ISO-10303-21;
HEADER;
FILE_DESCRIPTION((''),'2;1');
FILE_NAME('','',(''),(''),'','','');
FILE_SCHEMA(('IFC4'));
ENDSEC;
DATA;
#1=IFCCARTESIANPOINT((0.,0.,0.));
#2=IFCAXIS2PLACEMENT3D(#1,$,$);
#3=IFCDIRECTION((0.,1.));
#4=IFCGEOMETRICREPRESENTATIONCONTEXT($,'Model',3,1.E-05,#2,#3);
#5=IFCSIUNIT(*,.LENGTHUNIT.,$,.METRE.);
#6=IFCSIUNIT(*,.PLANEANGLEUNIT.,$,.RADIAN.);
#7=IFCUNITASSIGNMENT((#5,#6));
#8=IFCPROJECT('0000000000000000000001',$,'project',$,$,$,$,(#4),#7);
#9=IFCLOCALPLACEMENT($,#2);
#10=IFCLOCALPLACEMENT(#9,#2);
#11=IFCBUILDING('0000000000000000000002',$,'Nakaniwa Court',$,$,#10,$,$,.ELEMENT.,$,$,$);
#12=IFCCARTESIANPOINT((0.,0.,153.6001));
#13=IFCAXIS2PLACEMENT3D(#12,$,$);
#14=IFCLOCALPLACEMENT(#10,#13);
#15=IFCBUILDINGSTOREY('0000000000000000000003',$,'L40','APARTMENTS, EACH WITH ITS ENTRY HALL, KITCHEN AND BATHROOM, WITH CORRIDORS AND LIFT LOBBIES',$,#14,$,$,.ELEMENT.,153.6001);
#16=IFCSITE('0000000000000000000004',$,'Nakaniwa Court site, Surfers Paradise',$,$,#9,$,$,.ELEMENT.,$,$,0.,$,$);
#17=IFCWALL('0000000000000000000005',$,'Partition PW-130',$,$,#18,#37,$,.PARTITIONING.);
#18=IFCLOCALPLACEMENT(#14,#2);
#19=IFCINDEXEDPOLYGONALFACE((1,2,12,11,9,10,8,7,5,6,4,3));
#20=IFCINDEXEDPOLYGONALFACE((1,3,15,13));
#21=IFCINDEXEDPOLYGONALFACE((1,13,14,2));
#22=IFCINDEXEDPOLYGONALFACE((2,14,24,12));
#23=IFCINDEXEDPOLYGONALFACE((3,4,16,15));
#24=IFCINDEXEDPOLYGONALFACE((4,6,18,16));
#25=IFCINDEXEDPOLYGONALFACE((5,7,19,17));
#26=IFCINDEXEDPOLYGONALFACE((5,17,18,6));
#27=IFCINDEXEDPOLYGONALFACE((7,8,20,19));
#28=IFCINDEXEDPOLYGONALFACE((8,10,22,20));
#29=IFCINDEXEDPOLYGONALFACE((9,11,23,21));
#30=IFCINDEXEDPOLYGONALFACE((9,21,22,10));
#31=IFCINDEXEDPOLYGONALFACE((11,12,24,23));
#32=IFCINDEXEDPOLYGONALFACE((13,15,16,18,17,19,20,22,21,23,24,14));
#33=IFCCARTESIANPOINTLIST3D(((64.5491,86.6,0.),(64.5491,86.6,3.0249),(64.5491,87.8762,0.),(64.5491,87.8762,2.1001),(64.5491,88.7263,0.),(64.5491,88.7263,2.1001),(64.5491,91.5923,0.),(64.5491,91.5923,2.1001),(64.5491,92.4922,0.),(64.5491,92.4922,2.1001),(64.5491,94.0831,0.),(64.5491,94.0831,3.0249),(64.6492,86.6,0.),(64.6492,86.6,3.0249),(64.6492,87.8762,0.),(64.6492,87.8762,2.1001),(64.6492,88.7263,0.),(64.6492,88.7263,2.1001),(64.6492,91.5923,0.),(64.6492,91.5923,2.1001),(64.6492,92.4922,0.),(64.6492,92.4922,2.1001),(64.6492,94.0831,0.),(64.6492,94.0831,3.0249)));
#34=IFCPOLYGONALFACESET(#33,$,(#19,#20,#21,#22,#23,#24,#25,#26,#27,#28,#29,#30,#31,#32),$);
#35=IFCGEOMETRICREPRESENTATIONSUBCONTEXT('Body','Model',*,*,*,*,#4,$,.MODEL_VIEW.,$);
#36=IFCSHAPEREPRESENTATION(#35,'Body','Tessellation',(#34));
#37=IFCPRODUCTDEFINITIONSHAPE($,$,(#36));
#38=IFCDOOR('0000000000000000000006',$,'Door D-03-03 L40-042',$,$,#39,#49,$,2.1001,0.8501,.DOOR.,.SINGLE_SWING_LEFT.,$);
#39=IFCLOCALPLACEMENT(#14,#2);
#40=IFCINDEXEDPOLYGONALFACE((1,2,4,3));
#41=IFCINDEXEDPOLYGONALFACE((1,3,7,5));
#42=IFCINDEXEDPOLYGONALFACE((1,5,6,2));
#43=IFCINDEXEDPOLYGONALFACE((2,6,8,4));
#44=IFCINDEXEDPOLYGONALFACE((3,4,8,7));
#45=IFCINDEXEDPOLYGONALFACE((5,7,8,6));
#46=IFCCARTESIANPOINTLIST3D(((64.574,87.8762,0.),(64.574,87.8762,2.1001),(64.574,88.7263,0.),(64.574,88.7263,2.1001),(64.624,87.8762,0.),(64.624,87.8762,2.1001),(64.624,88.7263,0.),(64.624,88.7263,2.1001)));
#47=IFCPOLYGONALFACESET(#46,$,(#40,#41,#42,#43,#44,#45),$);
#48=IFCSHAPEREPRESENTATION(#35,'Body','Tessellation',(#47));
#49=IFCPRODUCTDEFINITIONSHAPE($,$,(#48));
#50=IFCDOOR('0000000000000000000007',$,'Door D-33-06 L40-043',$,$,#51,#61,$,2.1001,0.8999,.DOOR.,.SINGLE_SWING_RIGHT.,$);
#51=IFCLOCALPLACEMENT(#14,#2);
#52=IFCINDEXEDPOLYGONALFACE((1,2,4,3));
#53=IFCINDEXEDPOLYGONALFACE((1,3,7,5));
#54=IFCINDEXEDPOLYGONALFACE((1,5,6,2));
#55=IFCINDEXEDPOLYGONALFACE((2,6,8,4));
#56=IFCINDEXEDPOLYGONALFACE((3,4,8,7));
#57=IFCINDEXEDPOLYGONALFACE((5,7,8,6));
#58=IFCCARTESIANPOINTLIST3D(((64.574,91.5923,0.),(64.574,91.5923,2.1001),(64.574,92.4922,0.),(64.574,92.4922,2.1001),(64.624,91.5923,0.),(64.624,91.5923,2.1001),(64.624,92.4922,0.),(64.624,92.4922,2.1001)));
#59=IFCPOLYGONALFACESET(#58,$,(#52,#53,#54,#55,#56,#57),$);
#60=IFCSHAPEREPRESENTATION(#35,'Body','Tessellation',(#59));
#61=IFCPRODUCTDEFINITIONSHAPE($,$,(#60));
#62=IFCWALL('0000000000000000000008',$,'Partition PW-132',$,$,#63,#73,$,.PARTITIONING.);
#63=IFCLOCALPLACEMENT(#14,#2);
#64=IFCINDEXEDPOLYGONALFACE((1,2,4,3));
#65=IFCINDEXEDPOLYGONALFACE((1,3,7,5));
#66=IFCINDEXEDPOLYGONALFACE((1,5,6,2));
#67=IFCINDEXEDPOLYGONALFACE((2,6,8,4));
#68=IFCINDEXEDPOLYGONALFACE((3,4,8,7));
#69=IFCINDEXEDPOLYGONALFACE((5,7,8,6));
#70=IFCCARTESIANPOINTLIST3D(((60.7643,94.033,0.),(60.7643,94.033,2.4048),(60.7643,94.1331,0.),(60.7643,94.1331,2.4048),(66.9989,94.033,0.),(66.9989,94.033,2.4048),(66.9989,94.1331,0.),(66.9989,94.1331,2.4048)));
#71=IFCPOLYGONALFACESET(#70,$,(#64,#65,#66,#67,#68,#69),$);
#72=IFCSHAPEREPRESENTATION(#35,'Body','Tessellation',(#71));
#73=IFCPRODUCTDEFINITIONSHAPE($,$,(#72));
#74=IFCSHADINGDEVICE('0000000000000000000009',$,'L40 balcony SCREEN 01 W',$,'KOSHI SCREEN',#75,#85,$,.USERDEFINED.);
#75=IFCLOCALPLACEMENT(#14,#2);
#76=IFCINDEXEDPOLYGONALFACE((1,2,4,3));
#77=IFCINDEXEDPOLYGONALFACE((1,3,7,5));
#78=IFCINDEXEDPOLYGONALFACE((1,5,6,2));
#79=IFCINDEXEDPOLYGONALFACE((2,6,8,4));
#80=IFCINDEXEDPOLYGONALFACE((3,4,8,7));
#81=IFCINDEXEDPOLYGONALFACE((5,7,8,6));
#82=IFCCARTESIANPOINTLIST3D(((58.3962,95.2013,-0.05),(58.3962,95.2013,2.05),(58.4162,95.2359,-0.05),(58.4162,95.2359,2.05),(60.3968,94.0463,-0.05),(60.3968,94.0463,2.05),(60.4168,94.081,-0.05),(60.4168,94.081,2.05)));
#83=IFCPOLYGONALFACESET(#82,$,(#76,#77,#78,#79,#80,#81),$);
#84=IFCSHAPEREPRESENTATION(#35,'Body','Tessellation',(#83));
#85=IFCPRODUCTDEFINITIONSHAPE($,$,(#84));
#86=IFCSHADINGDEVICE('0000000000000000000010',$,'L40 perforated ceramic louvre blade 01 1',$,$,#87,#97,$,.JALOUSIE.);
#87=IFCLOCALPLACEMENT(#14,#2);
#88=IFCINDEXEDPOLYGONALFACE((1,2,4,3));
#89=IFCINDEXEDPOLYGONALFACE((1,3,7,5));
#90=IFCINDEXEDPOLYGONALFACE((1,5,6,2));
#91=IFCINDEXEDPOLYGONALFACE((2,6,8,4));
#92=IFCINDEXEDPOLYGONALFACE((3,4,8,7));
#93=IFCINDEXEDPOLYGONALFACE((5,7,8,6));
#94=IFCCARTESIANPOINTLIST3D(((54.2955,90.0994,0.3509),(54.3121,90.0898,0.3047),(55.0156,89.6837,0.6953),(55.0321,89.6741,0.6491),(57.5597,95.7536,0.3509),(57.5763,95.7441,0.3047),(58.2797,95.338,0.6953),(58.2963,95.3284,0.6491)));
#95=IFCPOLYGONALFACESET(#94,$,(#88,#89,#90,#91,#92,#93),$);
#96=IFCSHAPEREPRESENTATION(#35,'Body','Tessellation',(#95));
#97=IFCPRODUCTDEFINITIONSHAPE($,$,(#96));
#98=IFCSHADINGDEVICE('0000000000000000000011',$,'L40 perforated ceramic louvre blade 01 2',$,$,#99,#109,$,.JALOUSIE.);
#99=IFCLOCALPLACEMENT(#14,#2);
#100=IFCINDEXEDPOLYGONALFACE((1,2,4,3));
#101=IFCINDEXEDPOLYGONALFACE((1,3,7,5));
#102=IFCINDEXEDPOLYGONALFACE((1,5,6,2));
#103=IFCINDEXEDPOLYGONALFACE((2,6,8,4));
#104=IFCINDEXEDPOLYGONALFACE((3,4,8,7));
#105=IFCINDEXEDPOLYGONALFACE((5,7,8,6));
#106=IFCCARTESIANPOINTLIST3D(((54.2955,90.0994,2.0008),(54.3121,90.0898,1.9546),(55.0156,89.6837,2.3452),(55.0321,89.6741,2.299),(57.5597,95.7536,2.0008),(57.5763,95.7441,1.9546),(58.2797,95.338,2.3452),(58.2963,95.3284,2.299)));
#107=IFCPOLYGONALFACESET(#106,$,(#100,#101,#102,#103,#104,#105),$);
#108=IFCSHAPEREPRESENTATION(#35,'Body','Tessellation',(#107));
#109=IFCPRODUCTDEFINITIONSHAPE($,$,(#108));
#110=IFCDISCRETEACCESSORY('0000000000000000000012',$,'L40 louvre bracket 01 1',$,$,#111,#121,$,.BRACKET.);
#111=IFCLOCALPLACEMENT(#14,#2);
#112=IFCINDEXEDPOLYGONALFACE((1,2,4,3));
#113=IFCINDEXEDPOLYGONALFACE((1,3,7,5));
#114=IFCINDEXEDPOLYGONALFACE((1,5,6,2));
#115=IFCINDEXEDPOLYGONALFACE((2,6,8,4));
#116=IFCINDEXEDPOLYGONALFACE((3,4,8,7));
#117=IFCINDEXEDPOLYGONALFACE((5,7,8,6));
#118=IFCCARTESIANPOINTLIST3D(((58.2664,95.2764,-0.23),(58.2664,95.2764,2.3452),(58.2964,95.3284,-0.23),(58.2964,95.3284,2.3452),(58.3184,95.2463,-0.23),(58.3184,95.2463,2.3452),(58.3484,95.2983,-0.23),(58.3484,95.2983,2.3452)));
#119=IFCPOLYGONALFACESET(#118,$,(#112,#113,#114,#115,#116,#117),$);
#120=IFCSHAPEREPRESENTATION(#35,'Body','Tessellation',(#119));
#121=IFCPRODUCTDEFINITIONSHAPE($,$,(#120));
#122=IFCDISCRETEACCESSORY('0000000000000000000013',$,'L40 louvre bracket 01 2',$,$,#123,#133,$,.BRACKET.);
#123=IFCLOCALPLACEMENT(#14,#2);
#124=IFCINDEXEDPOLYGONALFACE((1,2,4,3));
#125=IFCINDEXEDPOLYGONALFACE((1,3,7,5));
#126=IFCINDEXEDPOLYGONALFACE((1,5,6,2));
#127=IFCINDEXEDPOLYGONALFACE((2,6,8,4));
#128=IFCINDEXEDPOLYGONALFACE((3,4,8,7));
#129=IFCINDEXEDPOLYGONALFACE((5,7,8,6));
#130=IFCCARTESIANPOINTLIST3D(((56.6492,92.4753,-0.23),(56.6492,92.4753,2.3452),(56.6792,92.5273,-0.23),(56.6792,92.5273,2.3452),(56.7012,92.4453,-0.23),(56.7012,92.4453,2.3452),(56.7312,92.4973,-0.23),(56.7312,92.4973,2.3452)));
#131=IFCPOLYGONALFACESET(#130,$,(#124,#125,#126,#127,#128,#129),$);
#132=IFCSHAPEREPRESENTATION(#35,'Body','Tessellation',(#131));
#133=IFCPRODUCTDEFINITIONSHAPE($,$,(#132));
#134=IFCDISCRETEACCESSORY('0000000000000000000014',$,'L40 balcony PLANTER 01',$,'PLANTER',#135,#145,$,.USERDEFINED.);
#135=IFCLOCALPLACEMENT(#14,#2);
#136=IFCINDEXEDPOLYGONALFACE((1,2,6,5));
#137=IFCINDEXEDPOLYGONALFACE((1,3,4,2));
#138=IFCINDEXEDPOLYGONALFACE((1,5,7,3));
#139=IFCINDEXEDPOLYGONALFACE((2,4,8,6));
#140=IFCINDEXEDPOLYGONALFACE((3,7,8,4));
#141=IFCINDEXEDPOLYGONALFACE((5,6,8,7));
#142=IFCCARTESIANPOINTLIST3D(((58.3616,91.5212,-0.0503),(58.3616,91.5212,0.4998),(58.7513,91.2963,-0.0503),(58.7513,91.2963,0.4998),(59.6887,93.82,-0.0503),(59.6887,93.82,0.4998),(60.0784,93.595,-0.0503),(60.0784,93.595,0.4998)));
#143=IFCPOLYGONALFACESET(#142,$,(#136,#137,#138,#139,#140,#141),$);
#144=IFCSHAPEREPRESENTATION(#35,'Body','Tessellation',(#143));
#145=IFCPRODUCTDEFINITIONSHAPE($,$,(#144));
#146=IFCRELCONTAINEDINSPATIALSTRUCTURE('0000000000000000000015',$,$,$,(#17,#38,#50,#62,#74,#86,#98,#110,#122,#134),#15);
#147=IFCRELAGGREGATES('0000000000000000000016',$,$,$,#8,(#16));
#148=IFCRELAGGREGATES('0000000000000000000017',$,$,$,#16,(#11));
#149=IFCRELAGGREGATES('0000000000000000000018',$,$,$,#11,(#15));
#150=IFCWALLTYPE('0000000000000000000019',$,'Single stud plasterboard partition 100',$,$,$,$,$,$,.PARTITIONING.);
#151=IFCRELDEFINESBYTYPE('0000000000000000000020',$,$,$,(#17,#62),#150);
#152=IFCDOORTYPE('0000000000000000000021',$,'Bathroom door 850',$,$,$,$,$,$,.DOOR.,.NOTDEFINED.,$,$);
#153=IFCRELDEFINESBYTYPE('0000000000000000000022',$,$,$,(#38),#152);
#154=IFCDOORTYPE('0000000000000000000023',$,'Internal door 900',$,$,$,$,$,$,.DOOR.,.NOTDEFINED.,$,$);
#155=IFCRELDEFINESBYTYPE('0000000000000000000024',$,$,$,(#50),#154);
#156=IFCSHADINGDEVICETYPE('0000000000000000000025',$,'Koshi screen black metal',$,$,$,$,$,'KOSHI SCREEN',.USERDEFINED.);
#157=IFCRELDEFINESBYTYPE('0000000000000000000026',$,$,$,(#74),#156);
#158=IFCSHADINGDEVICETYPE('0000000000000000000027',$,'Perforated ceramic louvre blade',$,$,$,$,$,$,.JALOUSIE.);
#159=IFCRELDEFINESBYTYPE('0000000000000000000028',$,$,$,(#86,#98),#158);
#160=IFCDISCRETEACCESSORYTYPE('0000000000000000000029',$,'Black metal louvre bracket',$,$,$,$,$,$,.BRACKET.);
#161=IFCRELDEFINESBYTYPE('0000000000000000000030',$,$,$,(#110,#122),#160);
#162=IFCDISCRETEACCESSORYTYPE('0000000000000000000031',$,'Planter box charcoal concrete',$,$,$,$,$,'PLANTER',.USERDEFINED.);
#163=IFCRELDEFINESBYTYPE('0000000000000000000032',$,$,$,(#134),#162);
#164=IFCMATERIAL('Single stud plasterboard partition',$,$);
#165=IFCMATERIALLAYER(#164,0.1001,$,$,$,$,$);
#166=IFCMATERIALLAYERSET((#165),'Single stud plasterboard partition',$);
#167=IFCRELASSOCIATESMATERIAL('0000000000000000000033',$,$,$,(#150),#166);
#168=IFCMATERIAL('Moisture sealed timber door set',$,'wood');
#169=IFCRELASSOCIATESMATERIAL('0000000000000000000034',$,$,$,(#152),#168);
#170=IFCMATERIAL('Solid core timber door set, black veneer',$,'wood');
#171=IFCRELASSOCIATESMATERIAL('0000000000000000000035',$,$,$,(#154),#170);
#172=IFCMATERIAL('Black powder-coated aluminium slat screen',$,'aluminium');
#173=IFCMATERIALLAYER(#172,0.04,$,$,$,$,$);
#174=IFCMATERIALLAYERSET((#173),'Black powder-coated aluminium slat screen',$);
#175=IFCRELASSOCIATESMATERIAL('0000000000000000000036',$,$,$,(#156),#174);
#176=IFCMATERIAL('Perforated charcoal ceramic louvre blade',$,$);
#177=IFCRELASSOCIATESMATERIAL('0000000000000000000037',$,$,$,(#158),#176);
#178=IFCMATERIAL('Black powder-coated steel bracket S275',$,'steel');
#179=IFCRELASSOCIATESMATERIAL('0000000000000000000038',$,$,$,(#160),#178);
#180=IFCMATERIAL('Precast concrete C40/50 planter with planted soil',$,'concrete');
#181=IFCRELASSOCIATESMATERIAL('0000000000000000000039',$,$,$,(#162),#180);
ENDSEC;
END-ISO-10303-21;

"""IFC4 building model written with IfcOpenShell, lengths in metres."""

from ifc_helpers import new_model, si_unit, direction, frame, frame_2d, origin, origin_2d, place, context, subcontext, project, spatial, rectangle, extrude, material, layer, layer_set, material_profile, profile_set, type_object, element, fill, save


model = new_model("IFC4")

# Units and contexts
model_context = context("Model", 3, precision=1e-05, world=origin(), true_north=direction((0.0, 1.0)))
body_context = subcontext(model_context, "Body", "Model", "MODEL_VIEW")
ifc_project = project(units=[si_unit("LENGTHUNIT", "METRE"), si_unit("PLANEANGLEUNIT", "RADIAN")], contexts=[model_context])

# Site, building, storey
site_placement = place(None, origin())
site = spatial("IfcSite", under=ifc_project, at=site_placement, Name="Nakaniwa Court site, Surfers Paradise", CompositionType="ELEMENT", RefElevation=0.0)
building_placement = place(site_placement, origin())
building = spatial("IfcBuilding", under=site, at=building_placement, Name="Nakaniwa Court", CompositionType="ELEMENT")
storey_placement = place(building_placement, frame((0.0, 0.0, 153.6001)))
storey = spatial("IfcBuildingStorey", under=building, at=storey_placement, Name="L40", Description="APARTMENTS, EACH WITH ITS ENTRY HALL, KITCHEN AND BATHROOM, WITH CORRIDORS AND LIFT LOBBIES", CompositionType="ELEMENT", Elevation=153.6001)

# Shared definitions
ifc_material_1 = material(Name="Solid core timber door set, black veneer", Category="wood")

# Wall, openings, doors
ifc_material_2 = material(Name="Single stud plasterboard partition")
ifc_layer_1 = layer(ifc_material_2, 0.1001)
ifc_layer_set_1 = layer_set([ifc_layer_1], Name="Single stud plasterboard partition")
wall_type_1 = type_object("IfcWallType", Name="Single stud plasterboard partition 100", PredefinedType="PARTITIONING", material=ifc_layer_set_1)
wall_1_placement = place(storey_placement, frame((64.5991, 94.0833, 0.0), z_axis=(0.0, 0.0, 1.0), x_axis=(0.0, -1.0, 0.0)))
wall_1 = element("IfcWall", 1, at=wall_1_placement, inside=storey, type_object=wall_type_1, Name="Partition PW-130", PredefinedType="PARTITIONING", context=body_context, shape_type="SweptSolid", body=[
    extrude(rectangle(XDim=7.4832, YDim=0.1001, at=frame_2d((3.7417, 0.0))), origin(), (0.0, 0.0, 1.0), 3.0249),
])
opening_1_placement = place(wall_1_placement, frame((5.3569, 0.0, 0.0)))
opening_1 = element("IfcOpeningElement", 2, at=opening_1_placement, cuts=wall_1, PredefinedType="OPENING", context=body_context, shape_type="SweptSolid", body=[
    extrude(rectangle(XDim=0.8501, YDim=2.1001, at=frame_2d((0.425, 1.05))), frame((0.0, 0.0601, 0.0), z_axis=(0.0, -1.0, 0.0), x_axis=(1.0, 0.0, 0.0)), (0.0, 0.0, 1.0), 0.1201),
])
opening_2_placement = place(wall_1_placement, frame((1.5911, 0.0, 0.0)))
opening_2 = element("IfcOpeningElement", 3, at=opening_2_placement, cuts=wall_1, PredefinedType="OPENING", context=body_context, shape_type="SweptSolid", body=[
    extrude(rectangle(XDim=0.8999, YDim=2.1001, at=frame_2d((0.45, 1.05))), frame((0.0, 0.0601, 0.0), z_axis=(0.0, -1.0, 0.0), x_axis=(1.0, 0.0, 0.0)), (0.0, 0.0, 1.0), 0.1201),
])
ifc_material_3 = material(Name="Moisture sealed timber door set", Category="wood")
door_type_1 = type_object("IfcDoorType", Name="Bathroom door 850", OperationType="NOTDEFINED", PredefinedType="DOOR", material=ifc_material_3)
door_1_placement = place(opening_1_placement, origin())
door_1 = element("IfcDoor", 4, at=door_1_placement, inside=storey, type_object=door_type_1, Name="Door D-03-03 L40-042", OperationType="SINGLE_SWING_LEFT", OverallHeight=2.1001, OverallWidth=0.8501, PredefinedType="DOOR", context=body_context, shape_type="SweptSolid", body=[
    extrude(rectangle(XDim=0.8501, YDim=2.1001, at=frame_2d((0.425, 1.05))), frame((0.0, 0.0249, 0.0), z_axis=(0.0, -1.0, 0.0), x_axis=(1.0, 0.0, 0.0)), (0.0, 0.0, 1.0), 0.05),
])
fill(opening_1, door_1)
door_type_2 = type_object("IfcDoorType", Name="Internal door 900", OperationType="NOTDEFINED", PredefinedType="DOOR", material=ifc_material_1)
door_2_placement = place(opening_2_placement, origin())
door_2 = element("IfcDoor", 5, at=door_2_placement, inside=storey, type_object=door_type_2, Name="Door D-33-06 L40-043", OperationType="SINGLE_SWING_RIGHT", OverallHeight=2.1001, OverallWidth=0.8999, PredefinedType="DOOR", context=body_context, shape_type="SweptSolid", body=[
    extrude(rectangle(XDim=0.8999, YDim=2.1001, at=frame_2d((0.45, 1.05))), frame((0.0, 0.0249, 0.0), z_axis=(0.0, -1.0, 0.0), x_axis=(1.0, 0.0, 0.0)), (0.0, 0.0, 1.0), 0.05),
])
fill(opening_2, door_2)

# Wall
wall_2_placement = place(storey_placement, frame((60.7644, 94.083, 0.0), z_axis=(0.0, 0.0, 1.0), x_axis=(1.0, 0.0, 0.0)))
element("IfcWall", 6, at=wall_2_placement, inside=storey, type_object=wall_type_1, Name="Partition PW-132", PredefinedType="PARTITIONING", context=body_context, shape_type="SweptSolid", body=[
    extrude(rectangle(XDim=6.2346, YDim=0.1001, at=frame_2d((3.1172, 0.0))), origin(), (0.0, 0.0, 1.0), 2.4048),
])

# Shading devices
ifc_material_4 = material(Name="Black powder-coated aluminium slat screen", Category="aluminium")
ifc_layer_2 = layer(ifc_material_4, 0.04)
ifc_layer_set_2 = layer_set([ifc_layer_2], Name="Black powder-coated aluminium slat screen")
shading_device_type_1 = type_object("IfcShadingDeviceType", Name="Koshi screen black metal", ElementType="KOSHI SCREEN", PredefinedType="USERDEFINED", material=ifc_layer_set_2)
shading_device_placement = place(storey_placement, frame((59.4065, 94.6411, -0.05), z_axis=(0.0, 0.0, 1.0), x_axis=(-0.499976, -0.866039, 0.0)))
element("IfcShadingDevice", 7, at=shading_device_placement, inside=storey, type_object=shading_device_type_1, Name="L40 balcony SCREEN 01 W", ObjectType="KOSHI SCREEN", PredefinedType="USERDEFINED", context=body_context, shape_type="SweptSolid", body=[
    extrude(rectangle(XDim=0.04, YDim=2.3101, at=origin_2d()), origin(), (0.0, 0.0, 1.0), 2.1001),
])
ifc_material_5 = material(Name="Perforated charcoal ceramic louvre blade")
ifc_material_profile_1 = material_profile(ifc_material_5, rectangle(XDim=0.8999, YDim=0.05, at=origin_2d()), Name="Perforated ceramic louvre blade")
ifc_profile_set_1 = profile_set([ifc_material_profile_1], Name="Perforated charcoal ceramic louvre blade")
shading_device_type_2 = type_object("IfcShadingDeviceType", Name="Perforated ceramic louvre blade", PredefinedType="JALOUSIE", material=ifc_profile_set_1)
for number, where, z_axis, x_axis, name in (
    (8, (57.928, 95.541, 0.5), (-0.49996, -0.866049, 0.0), (0.800125, -0.461903, 0.382683), "L40 perforated ceramic louvre blade 01 1"),
    (9, (57.928, 95.541, 2.1499), (-0.49996, -0.866049, 0.0), (0.800125, -0.461903, 0.382683), "L40 perforated ceramic louvre blade 01 2"),
):
    element("IfcShadingDevice", number, at=place(storey_placement, frame(where, z_axis=z_axis, x_axis=x_axis)), inside=storey, type_object=shading_device_type_2, Name=name, PredefinedType="JALOUSIE", context=body_context, shape_type="SweptSolid", body=[
        extrude(rectangle(XDim=0.8999, YDim=0.05, at=origin_2d()), origin(), (0.0, 0.0, 1.0), 6.5288),
    ])

# Discrete accessories
ifc_material_6 = material(Name="Black powder-coated steel bracket S275", Category="steel")
discrete_accessory_type_1 = type_object("IfcDiscreteAccessoryType", Name="Black metal louvre bracket", PredefinedType="BRACKET", material=ifc_material_6)
for number, where, z_axis, x_axis, name in (
    (10, (58.3074, 95.2874, -0.23), (0.0, 0.0, 1.0), (-0.499976, -0.866039, 0.0), "L40 louvre bracket 01 1"),
    (11, (56.6902, 92.4863, -0.23), (0.0, 0.0, 1.0), (-0.499976, -0.866039, 0.0), "L40 louvre bracket 01 2"),
):
    element("IfcDiscreteAccessory", number, at=place(storey_placement, frame(where, z_axis=z_axis, x_axis=x_axis)), inside=storey, type_object=discrete_accessory_type_1, Name=name, PredefinedType="BRACKET", context=body_context, shape_type="SweptSolid", body=[
        extrude(rectangle(XDim=0.0601, YDim=0.0601, at=origin_2d()), origin(), (0.0, 0.0, 1.0), 2.5752),
    ])
ifc_material_7 = material(Name="Precast concrete C40/50 planter with planted soil", Category="concrete")
discrete_accessory_type_2 = type_object("IfcDiscreteAccessoryType", Name="Planter box charcoal concrete", ElementType="PLANTER", PredefinedType="USERDEFINED", material=ifc_material_7)
discrete_accessory_placement = place(storey_placement, frame((59.22, 92.5581, -0.0503), z_axis=(0.0, 0.0, 1.0), x_axis=(-0.499976, -0.866039, 0.0)))
element("IfcDiscreteAccessory", 12, at=discrete_accessory_placement, inside=storey, type_object=discrete_accessory_type_2, Name="L40 balcony PLANTER 01", ObjectType="PLANTER", PredefinedType="USERDEFINED", context=body_context, shape_type="SweptSolid", body=[
    extrude(rectangle(XDim=2.6543, YDim=0.45, at=origin_2d()), origin(), (0.0, 0.0, 1.0), 0.55),
])

save(model, "model.ifc")
